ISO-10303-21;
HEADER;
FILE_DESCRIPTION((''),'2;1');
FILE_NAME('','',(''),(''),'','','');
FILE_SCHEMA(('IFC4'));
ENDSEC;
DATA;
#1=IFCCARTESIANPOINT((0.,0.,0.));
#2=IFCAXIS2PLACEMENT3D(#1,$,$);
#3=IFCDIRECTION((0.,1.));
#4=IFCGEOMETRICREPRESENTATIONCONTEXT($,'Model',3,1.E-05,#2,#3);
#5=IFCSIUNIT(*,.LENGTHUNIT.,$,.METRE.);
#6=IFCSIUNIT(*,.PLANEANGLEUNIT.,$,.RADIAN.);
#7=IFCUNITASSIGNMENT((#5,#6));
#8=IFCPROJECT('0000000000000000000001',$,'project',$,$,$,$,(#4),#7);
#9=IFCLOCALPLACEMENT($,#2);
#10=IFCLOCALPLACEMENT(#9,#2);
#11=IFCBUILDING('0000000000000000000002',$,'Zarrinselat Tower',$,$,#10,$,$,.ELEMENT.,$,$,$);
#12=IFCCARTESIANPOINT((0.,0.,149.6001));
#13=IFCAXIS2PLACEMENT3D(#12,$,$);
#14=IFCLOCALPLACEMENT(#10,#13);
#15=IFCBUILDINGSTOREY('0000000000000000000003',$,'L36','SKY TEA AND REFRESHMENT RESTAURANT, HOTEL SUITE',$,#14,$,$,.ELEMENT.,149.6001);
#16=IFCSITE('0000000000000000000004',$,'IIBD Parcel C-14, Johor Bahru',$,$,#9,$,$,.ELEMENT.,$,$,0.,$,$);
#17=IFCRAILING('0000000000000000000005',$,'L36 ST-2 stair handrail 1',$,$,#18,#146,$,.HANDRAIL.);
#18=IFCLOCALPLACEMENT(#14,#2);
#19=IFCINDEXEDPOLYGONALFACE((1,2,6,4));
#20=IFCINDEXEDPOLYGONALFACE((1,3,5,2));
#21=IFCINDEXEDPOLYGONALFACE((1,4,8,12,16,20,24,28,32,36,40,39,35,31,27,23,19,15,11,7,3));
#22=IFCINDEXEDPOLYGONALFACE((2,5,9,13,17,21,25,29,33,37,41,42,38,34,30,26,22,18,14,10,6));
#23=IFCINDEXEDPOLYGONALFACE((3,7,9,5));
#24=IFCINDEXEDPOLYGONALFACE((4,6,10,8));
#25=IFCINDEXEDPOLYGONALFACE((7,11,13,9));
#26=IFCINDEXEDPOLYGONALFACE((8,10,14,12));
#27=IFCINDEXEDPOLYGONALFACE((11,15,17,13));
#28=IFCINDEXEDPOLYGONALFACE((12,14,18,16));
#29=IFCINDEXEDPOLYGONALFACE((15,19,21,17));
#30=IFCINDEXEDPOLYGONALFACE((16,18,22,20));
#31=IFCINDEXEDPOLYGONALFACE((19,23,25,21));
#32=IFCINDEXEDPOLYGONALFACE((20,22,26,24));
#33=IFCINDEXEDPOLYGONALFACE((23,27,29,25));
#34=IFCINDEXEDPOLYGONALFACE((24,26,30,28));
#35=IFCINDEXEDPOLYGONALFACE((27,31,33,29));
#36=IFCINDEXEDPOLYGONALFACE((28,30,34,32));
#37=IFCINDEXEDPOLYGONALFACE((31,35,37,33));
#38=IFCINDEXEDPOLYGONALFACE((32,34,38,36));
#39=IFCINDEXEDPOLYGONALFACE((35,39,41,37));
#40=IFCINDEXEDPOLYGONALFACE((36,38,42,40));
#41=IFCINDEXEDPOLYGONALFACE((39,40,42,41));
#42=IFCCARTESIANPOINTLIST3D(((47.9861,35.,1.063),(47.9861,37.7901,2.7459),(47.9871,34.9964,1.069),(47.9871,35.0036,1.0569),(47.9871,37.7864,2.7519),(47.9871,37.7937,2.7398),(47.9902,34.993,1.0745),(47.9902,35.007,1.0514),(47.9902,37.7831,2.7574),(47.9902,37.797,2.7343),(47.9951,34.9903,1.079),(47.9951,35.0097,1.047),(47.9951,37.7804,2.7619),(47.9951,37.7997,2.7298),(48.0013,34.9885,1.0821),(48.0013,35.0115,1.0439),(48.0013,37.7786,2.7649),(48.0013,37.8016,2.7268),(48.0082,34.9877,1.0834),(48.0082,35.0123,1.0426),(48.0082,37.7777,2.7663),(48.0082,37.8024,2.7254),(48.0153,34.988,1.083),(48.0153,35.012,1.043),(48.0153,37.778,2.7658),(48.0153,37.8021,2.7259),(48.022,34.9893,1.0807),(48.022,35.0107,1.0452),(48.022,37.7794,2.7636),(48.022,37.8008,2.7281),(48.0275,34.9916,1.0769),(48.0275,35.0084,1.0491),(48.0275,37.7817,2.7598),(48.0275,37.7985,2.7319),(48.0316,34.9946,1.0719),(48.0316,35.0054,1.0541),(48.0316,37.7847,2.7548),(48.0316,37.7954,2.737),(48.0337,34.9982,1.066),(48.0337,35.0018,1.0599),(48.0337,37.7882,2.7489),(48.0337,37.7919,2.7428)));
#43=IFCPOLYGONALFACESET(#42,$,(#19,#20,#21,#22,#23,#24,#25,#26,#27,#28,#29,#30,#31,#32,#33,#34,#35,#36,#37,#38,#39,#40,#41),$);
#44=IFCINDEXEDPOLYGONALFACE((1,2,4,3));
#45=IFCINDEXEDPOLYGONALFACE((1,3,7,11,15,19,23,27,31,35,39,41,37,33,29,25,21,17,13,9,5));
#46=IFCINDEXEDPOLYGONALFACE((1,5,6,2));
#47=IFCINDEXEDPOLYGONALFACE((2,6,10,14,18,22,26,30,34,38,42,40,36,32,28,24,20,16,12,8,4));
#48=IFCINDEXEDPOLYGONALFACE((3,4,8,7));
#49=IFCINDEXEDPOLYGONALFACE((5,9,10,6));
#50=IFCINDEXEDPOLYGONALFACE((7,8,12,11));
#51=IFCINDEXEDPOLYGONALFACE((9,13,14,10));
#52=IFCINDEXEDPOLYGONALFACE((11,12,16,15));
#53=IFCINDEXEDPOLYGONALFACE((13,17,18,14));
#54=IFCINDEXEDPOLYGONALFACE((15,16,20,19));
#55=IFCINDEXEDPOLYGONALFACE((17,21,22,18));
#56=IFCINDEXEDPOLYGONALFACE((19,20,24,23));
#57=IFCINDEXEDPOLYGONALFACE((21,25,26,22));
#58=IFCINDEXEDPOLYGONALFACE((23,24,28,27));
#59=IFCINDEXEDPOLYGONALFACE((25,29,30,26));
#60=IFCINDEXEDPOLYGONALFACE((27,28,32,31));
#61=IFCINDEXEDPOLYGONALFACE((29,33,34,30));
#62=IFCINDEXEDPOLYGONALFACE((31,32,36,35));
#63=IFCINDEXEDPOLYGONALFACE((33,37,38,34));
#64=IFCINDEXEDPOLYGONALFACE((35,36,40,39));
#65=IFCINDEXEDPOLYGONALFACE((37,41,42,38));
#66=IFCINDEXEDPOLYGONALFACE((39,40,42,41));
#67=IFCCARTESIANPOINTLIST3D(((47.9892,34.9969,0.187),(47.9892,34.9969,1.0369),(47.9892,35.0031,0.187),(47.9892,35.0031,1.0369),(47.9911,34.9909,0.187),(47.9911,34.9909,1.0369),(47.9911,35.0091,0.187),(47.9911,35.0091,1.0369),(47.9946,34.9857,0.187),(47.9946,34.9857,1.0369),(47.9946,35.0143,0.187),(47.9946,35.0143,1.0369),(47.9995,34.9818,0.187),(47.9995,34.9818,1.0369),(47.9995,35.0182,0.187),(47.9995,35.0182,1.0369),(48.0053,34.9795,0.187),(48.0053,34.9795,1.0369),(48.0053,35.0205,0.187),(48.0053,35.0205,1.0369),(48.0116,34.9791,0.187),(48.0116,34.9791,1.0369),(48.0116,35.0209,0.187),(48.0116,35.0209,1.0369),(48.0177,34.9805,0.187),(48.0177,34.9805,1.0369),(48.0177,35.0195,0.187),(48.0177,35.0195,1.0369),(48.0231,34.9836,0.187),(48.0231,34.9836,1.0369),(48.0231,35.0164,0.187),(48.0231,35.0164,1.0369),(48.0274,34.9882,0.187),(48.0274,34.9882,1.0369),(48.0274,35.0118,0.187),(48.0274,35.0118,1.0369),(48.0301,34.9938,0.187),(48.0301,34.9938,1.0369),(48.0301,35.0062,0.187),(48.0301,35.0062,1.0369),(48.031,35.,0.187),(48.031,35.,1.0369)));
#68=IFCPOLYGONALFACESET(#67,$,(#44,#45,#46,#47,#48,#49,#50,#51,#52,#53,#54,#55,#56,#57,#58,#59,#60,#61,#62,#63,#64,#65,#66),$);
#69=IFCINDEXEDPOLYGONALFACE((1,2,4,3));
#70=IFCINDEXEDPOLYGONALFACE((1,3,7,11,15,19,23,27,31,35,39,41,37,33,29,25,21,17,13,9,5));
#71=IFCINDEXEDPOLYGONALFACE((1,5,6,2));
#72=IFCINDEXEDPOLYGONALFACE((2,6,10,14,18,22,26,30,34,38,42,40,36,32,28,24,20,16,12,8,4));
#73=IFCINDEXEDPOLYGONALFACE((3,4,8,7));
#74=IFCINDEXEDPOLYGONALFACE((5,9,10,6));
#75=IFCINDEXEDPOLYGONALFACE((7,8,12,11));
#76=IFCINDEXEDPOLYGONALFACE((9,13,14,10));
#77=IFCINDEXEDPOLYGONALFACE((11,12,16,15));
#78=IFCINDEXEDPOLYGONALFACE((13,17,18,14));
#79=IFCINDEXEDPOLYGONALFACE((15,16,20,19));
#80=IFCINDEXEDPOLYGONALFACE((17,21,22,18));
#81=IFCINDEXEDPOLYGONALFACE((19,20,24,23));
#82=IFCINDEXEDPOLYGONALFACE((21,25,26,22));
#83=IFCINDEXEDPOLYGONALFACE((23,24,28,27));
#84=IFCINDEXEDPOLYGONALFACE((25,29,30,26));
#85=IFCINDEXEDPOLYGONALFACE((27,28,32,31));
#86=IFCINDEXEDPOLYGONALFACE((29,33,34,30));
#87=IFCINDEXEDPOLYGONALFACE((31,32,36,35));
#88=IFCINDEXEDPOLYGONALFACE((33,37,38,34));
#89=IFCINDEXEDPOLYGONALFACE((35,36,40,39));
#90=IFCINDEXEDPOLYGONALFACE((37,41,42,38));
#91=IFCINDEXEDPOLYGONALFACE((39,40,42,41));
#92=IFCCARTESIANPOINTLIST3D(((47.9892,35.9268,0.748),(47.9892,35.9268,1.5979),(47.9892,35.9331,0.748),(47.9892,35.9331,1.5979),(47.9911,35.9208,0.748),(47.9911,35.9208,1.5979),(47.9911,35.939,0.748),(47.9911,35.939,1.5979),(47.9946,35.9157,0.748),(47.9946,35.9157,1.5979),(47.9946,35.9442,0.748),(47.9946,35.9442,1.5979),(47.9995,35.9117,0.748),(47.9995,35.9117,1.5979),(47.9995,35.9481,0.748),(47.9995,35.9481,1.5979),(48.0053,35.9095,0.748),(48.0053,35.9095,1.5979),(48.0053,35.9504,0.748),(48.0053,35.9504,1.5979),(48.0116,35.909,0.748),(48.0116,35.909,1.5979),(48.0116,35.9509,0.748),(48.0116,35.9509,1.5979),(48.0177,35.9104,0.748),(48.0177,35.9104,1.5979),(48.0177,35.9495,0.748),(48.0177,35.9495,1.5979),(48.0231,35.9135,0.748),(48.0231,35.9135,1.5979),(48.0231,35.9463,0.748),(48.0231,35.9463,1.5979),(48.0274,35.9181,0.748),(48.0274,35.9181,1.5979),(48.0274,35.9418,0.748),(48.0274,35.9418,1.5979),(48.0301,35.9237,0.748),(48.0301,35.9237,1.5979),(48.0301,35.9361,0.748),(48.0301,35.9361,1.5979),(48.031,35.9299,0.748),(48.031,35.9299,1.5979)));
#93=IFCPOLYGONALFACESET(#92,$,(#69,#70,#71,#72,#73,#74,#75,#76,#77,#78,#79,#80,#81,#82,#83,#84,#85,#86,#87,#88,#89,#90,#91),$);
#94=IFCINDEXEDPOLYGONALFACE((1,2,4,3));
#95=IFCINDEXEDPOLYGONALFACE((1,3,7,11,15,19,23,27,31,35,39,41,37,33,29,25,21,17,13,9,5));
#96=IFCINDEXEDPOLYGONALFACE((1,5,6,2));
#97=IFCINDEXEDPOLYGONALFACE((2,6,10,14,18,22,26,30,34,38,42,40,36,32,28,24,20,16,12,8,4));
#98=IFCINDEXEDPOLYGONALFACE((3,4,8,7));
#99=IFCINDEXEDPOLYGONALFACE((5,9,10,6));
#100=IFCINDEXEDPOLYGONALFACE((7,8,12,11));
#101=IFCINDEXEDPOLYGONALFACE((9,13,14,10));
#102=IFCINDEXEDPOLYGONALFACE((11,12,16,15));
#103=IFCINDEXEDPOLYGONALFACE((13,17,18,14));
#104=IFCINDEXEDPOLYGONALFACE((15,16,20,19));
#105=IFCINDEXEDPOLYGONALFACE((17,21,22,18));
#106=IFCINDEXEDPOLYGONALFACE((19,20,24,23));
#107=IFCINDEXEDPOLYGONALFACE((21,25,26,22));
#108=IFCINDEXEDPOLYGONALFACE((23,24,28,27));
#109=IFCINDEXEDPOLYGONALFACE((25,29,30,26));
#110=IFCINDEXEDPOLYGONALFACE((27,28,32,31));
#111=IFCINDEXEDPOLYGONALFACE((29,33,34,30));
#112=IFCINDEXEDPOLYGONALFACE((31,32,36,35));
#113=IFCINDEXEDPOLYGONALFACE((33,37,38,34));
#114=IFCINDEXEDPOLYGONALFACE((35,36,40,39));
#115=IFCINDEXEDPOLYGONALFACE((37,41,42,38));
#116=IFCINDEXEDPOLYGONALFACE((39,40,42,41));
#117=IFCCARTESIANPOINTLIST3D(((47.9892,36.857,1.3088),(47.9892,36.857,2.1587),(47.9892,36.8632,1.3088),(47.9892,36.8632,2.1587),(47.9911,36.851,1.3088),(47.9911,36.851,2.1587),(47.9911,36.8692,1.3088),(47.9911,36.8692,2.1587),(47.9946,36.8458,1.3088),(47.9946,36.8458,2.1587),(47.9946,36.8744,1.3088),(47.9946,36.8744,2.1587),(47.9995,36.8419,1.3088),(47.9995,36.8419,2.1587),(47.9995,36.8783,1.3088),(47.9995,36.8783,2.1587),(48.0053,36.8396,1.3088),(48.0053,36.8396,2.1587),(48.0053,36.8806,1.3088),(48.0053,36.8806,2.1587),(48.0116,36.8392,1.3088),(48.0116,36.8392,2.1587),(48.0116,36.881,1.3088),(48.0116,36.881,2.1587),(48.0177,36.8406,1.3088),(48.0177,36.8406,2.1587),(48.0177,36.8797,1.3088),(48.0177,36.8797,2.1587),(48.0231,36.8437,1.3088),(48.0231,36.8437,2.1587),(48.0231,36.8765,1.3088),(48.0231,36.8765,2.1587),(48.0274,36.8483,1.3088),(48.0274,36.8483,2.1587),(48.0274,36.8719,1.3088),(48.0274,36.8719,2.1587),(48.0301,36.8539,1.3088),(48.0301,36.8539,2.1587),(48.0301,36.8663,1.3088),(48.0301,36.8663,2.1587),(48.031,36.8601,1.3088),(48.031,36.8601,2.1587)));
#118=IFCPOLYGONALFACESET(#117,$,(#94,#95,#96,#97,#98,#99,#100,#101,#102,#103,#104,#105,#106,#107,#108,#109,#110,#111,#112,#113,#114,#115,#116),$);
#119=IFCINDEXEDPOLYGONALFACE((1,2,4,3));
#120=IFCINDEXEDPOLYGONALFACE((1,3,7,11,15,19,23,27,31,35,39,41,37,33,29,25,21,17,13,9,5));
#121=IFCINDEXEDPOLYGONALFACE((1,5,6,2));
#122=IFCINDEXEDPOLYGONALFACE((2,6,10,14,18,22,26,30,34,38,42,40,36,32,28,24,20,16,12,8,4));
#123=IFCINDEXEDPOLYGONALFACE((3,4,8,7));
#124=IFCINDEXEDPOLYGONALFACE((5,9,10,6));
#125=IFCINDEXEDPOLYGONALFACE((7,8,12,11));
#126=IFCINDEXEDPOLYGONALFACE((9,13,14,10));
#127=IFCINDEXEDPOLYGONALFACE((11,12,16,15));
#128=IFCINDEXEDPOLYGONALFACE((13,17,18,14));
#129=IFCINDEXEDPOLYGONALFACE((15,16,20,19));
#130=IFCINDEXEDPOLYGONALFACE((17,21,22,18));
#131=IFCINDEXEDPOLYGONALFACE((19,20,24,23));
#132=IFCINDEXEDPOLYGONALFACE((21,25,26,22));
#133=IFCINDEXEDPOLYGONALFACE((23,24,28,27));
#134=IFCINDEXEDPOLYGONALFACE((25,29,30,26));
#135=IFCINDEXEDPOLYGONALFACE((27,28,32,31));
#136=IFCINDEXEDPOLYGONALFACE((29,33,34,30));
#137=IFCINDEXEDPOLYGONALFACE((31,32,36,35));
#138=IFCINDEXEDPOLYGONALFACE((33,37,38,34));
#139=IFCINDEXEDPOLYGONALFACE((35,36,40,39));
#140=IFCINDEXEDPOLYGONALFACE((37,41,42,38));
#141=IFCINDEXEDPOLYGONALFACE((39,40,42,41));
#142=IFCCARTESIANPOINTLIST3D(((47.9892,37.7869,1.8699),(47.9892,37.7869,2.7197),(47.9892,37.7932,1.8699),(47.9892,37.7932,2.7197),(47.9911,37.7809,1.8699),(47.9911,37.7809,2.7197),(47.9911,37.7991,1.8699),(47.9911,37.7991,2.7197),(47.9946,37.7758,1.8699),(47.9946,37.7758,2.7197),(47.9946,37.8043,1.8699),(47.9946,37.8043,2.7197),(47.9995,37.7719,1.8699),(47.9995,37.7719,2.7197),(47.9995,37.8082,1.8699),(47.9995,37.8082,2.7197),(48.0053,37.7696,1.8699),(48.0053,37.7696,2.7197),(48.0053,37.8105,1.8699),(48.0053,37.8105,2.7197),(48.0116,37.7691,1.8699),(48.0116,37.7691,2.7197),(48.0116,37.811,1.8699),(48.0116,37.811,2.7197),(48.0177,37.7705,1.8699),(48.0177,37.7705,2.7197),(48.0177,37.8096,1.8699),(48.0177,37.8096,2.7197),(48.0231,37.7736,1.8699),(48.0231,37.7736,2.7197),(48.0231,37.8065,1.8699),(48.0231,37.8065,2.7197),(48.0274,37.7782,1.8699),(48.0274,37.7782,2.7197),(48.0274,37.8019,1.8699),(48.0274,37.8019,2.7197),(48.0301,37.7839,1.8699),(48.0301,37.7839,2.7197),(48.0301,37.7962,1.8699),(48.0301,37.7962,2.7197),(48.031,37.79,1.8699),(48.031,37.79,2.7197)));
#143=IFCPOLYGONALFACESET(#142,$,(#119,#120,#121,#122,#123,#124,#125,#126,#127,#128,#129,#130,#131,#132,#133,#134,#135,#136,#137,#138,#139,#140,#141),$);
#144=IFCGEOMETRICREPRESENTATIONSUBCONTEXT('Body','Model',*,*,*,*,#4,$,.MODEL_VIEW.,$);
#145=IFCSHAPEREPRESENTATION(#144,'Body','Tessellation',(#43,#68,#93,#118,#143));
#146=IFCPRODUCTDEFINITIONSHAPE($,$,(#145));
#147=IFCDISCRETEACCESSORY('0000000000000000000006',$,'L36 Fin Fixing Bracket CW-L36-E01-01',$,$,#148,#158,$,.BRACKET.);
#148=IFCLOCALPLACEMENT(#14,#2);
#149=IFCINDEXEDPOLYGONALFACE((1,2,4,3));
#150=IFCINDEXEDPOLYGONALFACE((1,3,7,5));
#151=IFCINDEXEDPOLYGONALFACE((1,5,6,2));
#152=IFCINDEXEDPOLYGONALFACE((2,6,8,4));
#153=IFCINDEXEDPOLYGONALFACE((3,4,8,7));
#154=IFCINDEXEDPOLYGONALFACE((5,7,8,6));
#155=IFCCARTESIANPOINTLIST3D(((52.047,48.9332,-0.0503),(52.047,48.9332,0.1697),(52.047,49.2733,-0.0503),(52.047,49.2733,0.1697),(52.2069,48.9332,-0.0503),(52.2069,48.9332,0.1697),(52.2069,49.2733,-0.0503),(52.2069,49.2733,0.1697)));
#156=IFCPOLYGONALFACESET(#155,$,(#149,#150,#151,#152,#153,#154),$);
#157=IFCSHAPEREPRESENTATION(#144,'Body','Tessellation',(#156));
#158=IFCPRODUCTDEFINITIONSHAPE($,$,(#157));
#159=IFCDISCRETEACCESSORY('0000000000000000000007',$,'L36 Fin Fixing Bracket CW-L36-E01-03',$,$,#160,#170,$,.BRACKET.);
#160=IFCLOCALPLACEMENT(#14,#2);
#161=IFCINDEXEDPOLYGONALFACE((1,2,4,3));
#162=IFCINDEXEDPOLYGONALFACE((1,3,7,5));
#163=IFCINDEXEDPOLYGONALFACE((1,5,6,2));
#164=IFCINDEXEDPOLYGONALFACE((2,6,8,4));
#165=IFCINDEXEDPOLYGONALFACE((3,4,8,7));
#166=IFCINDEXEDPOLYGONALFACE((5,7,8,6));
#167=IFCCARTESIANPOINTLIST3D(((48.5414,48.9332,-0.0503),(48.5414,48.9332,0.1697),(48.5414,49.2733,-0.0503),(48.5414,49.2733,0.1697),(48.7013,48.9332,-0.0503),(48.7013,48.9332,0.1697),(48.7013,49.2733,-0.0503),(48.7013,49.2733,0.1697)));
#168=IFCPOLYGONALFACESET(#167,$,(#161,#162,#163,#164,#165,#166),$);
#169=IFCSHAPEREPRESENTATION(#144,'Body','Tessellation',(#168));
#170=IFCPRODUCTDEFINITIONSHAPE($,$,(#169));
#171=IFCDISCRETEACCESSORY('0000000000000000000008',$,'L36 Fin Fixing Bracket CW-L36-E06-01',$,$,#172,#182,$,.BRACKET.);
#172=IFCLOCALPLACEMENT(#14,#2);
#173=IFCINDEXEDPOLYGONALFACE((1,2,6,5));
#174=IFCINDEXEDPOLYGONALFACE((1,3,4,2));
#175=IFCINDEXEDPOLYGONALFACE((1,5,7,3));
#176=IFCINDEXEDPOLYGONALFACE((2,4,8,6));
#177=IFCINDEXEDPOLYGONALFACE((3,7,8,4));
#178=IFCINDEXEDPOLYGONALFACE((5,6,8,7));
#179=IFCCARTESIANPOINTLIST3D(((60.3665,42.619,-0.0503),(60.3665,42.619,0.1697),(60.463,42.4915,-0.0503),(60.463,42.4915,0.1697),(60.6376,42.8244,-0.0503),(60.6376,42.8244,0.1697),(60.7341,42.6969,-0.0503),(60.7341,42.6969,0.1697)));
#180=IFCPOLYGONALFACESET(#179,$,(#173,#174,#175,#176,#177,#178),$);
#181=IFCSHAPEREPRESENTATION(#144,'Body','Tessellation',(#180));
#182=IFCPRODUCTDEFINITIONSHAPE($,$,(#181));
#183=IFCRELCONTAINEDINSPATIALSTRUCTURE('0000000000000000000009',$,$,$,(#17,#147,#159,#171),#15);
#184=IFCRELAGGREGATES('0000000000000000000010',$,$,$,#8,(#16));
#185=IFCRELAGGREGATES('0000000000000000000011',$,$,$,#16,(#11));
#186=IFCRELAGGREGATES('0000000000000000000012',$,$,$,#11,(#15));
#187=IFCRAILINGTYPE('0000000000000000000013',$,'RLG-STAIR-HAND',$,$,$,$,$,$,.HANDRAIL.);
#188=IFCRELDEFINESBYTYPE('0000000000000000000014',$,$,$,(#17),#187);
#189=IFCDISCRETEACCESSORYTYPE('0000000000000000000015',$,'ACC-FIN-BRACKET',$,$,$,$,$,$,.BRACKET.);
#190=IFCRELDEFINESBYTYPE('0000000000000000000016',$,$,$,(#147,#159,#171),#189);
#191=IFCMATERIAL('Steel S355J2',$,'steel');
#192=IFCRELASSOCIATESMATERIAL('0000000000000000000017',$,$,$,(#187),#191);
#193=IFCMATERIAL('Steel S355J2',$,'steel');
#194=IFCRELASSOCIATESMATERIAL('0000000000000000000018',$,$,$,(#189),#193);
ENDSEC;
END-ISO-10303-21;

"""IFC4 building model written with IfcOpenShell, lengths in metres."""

from ifc_helpers import new_model, si_unit, direction, frame, origin, origin_2d, place, context, subcontext, project, spatial, rectangle, circle, extrude, material, type_object, element, save


model = new_model("IFC4")

# Units and contexts
model_context = context("Model", 3, precision=1e-05, world=origin(), true_north=direction((0.0, 1.0)))
body_context = subcontext(model_context, "Body", "Model", "MODEL_VIEW")
ifc_project = project(units=[si_unit("LENGTHUNIT", "METRE"), si_unit("PLANEANGLEUNIT", "RADIAN")], contexts=[model_context])

# Site, building, storey
site_placement = place(None, origin())
site = spatial("IfcSite", under=ifc_project, at=site_placement, Name="IIBD Parcel C-14, Johor Bahru", CompositionType="ELEMENT", RefElevation=0.0)
building_placement = place(site_placement, origin())
building = spatial("IfcBuilding", under=site, at=building_placement, Name="Zarrinselat Tower", CompositionType="ELEMENT")
storey_placement = place(building_placement, frame((0.0, 0.0, 149.6001)))
storey = spatial("IfcBuildingStorey", under=building, at=storey_placement, Name="L36", Description="SKY TEA AND REFRESHMENT RESTAURANT, HOTEL SUITE", CompositionType="ELEMENT", Elevation=149.6001)

# Railing
ifc_material_1 = material(Name="Steel S355J2", Category="steel")
railing_type = type_object("IfcRailingType", Name="RLG-STAIR-HAND", PredefinedType="HANDRAIL", material=ifc_material_1)
railing_placement = place(storey_placement, frame((48.01, 35.0, 0.187)))
element("IfcRailing", 1, at=railing_placement, inside=storey, type_object=railing_type, Name="L36 ST-2 stair handrail 1", PredefinedType="HANDRAIL", context=body_context, shape_type="SweptSolid", body=[
    extrude(circle(Radius=0.0239, at=origin_2d()), frame((0.0, 0.0, 0.876), z_axis=(0.0, 0.856294, 0.516489), x_axis=(-1.0, 0.0, 0.0)), (0.0, 0.0, 1.0), 3.2583),
    extrude(circle(Radius=0.021, at=origin_2d()), origin(), (0.0, 0.0, 1.0), 0.8499),
    extrude(circle(Radius=0.021, at=origin_2d()), frame((0.0, 0.9299, 0.561)), (0.0, 0.0, 1.0), 0.8499),
    extrude(circle(Radius=0.021, at=origin_2d()), frame((0.0, 1.8601, 1.1218)), (0.0, 0.0, 1.0), 0.8499),
    extrude(circle(Radius=0.021, at=origin_2d()), frame((0.0, 2.79, 1.6829)), (0.0, 0.0, 1.0), 0.8499),
])

# Discrete accessories
ifc_material_2 = material(Name="Steel S355J2", Category="steel")
discrete_accessory_type = type_object("IfcDiscreteAccessoryType", Name="ACC-FIN-BRACKET", PredefinedType="BRACKET", material=ifc_material_2)
for number, where, z_axis, x_axis, name in (
    (2, (52.127, 49.1033, -0.0503), (0.0, 0.0, 1.0), (0.0, 1.0, 0.0), "L36 Fin Fixing Bracket CW-L36-E01-01"),
    (3, (48.6213, 49.1033, -0.0503), (0.0, 0.0, 1.0), (0.0, 1.0, 0.0), "L36 Fin Fixing Bracket CW-L36-E01-03"),
    (4, (60.5503, 42.658, -0.0503), (0.0, 0.0, 1.0), (0.797089, 0.603862, 0.0), "L36 Fin Fixing Bracket CW-L36-E06-01"),
):
    element("IfcDiscreteAccessory", number, at=place(storey_placement, frame(where, z_axis=z_axis, x_axis=x_axis)), inside=storey, type_object=discrete_accessory_type, Name=name, PredefinedType="BRACKET", context=body_context, shape_type="SweptSolid", body=[
        extrude(rectangle(XDim=0.3401, YDim=0.1599, at=origin_2d()), origin(), (0.0, 0.0, 1.0), 0.22),
    ])

save(model, "model.ifc")
